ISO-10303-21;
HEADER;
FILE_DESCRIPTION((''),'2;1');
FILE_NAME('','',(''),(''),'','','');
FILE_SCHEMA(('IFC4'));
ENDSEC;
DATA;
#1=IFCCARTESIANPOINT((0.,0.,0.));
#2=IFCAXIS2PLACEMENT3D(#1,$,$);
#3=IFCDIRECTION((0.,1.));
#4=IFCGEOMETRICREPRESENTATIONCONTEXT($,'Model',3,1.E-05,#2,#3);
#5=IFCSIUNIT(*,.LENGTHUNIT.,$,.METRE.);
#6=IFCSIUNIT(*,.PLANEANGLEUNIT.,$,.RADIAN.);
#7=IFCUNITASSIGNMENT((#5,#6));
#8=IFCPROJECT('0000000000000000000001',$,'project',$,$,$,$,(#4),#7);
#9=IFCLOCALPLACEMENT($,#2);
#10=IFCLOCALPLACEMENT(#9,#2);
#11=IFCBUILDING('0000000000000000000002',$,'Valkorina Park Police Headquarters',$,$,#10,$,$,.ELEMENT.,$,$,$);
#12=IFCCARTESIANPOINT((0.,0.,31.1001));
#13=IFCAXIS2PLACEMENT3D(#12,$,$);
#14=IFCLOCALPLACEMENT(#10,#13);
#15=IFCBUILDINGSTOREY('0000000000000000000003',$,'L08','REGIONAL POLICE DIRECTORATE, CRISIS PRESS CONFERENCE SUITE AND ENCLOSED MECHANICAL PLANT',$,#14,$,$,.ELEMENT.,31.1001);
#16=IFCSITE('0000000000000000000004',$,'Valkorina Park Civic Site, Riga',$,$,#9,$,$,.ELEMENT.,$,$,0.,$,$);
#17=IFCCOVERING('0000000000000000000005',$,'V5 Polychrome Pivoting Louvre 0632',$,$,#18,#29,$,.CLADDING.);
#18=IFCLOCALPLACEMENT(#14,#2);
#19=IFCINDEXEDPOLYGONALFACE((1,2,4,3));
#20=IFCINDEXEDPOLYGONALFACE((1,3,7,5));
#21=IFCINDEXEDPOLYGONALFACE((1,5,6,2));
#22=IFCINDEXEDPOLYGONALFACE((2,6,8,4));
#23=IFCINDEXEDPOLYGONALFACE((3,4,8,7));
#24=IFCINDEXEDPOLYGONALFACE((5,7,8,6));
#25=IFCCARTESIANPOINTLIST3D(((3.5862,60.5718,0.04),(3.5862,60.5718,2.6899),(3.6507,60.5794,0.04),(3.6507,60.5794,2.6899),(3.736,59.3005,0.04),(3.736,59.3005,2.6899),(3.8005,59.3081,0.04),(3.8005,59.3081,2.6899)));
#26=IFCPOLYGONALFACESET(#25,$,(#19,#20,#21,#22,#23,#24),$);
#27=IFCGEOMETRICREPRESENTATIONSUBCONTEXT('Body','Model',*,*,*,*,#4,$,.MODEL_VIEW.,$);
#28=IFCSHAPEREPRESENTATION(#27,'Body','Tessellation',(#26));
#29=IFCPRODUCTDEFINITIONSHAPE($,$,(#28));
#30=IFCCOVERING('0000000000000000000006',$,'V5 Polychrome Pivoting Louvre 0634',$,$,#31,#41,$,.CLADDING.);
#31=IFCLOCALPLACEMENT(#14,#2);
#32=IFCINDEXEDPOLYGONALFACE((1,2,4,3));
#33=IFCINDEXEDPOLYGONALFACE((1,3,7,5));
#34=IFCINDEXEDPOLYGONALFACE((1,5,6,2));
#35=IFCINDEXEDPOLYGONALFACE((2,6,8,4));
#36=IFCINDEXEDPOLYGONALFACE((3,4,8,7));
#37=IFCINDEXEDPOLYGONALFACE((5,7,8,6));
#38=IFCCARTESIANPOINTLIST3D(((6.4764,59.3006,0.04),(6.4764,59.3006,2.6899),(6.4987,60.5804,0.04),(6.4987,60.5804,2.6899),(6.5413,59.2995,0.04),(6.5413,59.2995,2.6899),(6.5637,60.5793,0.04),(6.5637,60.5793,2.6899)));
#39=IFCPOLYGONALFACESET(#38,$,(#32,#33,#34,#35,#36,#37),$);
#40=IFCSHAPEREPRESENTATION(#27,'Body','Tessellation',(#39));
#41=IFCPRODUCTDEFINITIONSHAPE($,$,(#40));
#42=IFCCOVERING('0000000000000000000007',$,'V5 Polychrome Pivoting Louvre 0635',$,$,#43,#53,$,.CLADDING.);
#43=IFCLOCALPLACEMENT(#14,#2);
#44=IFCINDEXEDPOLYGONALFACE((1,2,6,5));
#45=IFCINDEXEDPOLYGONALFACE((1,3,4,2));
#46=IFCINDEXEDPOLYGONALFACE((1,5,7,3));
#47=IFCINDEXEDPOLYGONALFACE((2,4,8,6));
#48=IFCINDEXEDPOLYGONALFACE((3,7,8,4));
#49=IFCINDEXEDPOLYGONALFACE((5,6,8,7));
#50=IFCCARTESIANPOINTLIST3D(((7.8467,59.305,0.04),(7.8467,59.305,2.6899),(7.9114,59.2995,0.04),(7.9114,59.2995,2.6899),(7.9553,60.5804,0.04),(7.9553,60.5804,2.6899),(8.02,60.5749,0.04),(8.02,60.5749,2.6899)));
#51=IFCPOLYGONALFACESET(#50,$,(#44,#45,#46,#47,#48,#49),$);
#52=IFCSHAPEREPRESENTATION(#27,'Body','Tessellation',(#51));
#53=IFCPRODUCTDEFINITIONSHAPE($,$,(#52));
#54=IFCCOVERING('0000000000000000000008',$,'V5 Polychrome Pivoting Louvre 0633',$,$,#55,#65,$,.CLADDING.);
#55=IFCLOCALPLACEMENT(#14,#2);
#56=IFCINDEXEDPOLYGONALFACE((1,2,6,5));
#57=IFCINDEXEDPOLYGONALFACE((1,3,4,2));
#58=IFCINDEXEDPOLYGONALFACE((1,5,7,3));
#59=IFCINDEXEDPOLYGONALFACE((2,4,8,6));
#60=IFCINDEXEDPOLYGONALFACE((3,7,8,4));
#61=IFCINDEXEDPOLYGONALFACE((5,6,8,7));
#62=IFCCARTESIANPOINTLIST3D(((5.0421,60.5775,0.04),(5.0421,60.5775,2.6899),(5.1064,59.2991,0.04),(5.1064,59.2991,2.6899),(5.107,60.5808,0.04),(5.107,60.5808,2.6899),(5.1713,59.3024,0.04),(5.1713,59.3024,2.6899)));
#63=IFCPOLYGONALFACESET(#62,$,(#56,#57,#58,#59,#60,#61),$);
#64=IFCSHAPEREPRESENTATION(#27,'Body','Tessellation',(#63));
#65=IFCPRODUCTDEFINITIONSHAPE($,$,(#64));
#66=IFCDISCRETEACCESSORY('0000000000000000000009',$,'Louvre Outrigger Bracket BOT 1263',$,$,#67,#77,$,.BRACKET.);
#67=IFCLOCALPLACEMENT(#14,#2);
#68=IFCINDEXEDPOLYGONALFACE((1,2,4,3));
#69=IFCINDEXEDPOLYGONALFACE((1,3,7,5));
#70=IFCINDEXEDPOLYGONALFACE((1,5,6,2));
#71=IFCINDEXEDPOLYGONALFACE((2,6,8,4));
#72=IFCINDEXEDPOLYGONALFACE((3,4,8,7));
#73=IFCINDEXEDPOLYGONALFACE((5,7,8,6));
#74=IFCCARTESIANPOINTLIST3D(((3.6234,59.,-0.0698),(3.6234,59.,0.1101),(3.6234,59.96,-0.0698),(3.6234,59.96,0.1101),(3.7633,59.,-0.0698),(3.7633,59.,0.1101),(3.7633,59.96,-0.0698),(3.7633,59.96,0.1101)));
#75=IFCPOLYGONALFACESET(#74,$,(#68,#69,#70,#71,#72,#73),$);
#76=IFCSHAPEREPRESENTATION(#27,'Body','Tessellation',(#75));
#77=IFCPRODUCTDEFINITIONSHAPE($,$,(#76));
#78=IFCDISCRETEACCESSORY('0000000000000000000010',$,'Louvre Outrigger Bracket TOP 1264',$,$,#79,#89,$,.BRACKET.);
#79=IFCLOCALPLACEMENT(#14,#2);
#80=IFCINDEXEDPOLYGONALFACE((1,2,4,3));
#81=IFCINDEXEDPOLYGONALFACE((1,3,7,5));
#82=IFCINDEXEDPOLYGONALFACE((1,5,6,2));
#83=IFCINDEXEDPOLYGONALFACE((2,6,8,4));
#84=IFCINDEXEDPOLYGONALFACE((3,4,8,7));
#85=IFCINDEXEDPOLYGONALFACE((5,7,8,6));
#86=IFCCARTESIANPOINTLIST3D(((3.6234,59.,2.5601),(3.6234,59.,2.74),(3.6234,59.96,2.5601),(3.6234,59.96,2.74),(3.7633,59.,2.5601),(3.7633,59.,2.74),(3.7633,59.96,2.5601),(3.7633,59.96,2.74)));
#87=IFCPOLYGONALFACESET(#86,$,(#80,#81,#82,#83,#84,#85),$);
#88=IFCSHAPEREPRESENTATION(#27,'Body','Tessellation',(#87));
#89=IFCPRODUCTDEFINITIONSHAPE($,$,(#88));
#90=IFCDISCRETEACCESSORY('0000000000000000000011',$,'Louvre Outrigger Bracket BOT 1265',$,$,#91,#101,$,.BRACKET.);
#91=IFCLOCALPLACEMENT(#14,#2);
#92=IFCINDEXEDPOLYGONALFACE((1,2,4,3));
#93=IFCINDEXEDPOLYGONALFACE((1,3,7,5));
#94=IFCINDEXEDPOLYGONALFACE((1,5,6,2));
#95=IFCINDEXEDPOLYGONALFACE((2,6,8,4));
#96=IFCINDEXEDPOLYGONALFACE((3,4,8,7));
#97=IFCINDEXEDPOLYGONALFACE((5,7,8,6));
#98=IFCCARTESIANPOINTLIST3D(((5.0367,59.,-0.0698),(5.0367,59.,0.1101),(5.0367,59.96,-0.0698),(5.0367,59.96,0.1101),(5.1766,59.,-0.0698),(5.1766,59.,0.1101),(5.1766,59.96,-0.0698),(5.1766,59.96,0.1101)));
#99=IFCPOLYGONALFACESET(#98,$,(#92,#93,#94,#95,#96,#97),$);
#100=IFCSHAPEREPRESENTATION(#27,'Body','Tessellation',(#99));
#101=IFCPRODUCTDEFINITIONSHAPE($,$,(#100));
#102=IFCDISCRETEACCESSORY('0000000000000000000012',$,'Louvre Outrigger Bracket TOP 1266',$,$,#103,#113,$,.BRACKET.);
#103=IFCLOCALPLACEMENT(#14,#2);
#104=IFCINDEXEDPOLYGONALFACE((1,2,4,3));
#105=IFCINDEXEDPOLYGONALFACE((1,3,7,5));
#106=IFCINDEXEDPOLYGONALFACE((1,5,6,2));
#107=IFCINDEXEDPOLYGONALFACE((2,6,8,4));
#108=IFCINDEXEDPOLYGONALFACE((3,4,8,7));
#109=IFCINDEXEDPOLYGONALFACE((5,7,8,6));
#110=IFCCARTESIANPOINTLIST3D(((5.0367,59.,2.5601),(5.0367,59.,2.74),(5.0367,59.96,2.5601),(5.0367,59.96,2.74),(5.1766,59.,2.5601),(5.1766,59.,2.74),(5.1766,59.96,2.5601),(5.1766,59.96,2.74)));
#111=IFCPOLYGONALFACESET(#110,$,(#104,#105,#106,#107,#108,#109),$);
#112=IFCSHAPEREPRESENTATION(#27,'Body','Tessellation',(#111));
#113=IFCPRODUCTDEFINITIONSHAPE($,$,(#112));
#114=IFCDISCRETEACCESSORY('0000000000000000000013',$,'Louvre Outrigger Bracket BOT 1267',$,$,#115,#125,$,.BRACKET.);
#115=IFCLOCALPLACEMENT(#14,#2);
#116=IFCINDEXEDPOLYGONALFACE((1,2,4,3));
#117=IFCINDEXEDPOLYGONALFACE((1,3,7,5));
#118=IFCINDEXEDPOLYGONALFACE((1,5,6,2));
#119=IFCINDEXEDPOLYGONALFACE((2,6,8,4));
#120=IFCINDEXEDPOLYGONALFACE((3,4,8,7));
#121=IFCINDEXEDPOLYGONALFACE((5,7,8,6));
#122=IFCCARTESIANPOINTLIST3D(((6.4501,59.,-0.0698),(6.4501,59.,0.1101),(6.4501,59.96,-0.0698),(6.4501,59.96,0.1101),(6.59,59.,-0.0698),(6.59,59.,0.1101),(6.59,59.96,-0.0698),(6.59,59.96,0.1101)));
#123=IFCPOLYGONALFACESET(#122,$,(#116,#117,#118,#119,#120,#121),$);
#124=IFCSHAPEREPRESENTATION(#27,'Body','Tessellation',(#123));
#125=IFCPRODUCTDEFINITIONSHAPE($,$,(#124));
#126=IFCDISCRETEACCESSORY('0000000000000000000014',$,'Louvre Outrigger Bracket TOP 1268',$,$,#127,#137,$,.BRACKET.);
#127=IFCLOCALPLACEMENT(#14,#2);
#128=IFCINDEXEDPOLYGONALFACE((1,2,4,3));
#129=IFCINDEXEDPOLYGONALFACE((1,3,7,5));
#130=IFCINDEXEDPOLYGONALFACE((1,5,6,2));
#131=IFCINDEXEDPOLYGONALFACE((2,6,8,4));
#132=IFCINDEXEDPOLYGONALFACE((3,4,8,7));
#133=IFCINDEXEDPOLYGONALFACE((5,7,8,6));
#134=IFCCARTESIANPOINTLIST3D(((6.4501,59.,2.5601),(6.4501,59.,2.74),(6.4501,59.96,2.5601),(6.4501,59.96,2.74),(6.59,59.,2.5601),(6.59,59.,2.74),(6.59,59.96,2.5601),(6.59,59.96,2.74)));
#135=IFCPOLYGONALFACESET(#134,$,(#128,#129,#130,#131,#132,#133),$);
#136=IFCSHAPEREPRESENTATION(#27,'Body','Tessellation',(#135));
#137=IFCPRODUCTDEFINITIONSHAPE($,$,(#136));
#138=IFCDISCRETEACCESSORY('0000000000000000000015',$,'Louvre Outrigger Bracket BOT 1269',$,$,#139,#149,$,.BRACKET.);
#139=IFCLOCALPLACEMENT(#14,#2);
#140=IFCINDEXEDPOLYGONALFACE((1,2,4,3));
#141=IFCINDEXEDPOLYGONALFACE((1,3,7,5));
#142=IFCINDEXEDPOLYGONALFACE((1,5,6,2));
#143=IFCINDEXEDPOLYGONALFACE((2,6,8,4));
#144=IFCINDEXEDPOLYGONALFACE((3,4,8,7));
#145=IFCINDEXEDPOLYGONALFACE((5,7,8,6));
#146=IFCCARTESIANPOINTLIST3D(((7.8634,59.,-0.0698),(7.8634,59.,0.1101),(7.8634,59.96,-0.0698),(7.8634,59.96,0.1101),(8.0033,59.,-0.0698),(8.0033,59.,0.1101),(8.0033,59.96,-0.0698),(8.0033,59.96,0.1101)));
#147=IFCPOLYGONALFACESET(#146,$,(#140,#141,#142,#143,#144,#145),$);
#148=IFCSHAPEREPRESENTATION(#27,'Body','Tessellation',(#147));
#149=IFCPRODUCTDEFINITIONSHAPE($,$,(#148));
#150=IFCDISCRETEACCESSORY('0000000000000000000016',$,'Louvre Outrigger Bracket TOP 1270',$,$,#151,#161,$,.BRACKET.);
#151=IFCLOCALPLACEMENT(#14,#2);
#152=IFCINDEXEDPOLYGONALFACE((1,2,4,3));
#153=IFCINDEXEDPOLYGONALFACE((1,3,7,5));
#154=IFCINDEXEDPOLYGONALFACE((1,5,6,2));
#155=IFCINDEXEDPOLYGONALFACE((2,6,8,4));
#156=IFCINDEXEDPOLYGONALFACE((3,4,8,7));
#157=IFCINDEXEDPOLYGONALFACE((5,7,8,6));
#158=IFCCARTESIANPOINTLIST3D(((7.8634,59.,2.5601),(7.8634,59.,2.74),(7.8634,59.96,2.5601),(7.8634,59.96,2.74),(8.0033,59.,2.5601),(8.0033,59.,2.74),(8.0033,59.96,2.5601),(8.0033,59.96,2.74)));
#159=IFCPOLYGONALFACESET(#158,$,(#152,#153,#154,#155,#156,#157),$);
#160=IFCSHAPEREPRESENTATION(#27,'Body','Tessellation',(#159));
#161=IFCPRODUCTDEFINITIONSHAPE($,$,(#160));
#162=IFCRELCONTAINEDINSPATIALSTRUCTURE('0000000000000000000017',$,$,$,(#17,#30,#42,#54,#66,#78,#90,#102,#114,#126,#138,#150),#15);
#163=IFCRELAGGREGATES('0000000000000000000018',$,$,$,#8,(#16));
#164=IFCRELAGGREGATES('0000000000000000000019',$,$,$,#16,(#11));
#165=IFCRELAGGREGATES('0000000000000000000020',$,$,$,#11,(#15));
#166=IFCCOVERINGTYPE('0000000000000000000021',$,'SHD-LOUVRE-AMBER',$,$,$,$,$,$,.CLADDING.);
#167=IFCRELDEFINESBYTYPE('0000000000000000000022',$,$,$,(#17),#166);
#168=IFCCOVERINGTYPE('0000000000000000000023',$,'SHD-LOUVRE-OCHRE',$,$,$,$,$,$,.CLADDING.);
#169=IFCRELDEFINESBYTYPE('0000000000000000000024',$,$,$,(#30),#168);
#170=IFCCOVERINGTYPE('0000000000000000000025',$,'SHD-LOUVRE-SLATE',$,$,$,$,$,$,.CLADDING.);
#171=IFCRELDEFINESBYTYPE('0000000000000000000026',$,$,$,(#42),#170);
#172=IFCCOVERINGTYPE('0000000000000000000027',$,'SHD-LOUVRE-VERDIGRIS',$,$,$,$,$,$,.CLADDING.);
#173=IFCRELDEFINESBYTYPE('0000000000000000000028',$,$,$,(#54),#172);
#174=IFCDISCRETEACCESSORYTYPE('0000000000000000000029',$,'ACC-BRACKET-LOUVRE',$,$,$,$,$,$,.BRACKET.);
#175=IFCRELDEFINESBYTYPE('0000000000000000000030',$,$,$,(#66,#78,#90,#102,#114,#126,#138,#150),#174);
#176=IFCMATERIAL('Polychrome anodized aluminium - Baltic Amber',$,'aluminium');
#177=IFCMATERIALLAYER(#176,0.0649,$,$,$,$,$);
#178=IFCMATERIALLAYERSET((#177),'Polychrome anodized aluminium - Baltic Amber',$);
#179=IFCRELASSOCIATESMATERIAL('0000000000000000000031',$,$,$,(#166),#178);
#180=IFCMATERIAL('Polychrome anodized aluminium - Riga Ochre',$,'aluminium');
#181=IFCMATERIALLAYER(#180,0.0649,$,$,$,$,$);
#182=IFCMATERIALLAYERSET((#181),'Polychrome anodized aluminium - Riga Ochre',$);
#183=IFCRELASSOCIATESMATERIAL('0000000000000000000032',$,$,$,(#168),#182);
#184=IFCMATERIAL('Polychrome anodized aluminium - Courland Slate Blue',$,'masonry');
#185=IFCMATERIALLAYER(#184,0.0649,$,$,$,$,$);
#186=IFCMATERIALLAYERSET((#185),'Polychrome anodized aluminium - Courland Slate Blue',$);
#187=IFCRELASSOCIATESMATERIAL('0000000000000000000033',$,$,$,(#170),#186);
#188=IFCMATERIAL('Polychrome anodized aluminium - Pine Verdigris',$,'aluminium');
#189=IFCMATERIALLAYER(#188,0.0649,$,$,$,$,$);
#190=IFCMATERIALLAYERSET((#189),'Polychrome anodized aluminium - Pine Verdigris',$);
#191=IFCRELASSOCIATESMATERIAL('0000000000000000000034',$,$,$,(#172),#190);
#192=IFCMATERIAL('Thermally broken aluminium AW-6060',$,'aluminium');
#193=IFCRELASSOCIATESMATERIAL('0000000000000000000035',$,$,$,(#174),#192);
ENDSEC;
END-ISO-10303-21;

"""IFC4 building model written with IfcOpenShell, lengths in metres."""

from ifc_helpers import new_model, si_unit, direction, frame, origin, origin_2d, place, context, subcontext, project, spatial, rectangle, extrude, material, layer, layer_set, type_object, element, save


model = new_model("IFC4")

# Units and contexts
model_context = context("Model", 3, precision=1e-05, world=origin(), true_north=direction((0.0, 1.0)))
body_context = subcontext(model_context, "Body", "Model", "MODEL_VIEW")
ifc_project = project(units=[si_unit("LENGTHUNIT", "METRE"), si_unit("PLANEANGLEUNIT", "RADIAN")], contexts=[model_context])

# Site, building, storey
site_placement = place(None, origin())
site = spatial("IfcSite", under=ifc_project, at=site_placement, Name="Valkorina Park Civic Site, Riga", CompositionType="ELEMENT", RefElevation=0.0)
building_placement = place(site_placement, origin())
building = spatial("IfcBuilding", under=site, at=building_placement, Name="Valkorina Park Police Headquarters", CompositionType="ELEMENT")
storey_placement = place(building_placement, frame((0.0, 0.0, 31.1001)))
storey = spatial("IfcBuildingStorey", under=building, at=storey_placement, Name="L08", Description="REGIONAL POLICE DIRECTORATE, CRISIS PRESS CONFERENCE SUITE AND ENCLOSED MECHANICAL PLANT", CompositionType="ELEMENT", Elevation=31.1001)

# Shared definitions
ifc_material_1 = material(Name="Thermally broken aluminium AW-6060", Category="aluminium")

# Coverings
ifc_material_2 = material(Name="Polychrome anodized aluminium - Baltic Amber", Category="aluminium")
ifc_layer_1 = layer(ifc_material_2, 0.0649)
ifc_layer_set_1 = layer_set([ifc_layer_1], Name="Polychrome anodized aluminium - Baltic Amber")
covering_type_1 = type_object("IfcCoveringType", Name="SHD-LOUVRE-AMBER", PredefinedType="CLADDING", material=ifc_layer_set_1)
covering_1_placement = place(storey_placement, frame((3.6934, 59.9399, 0.04), z_axis=(0.0, 0.0, 1.0), x_axis=(-0.117017, 0.99313, 0.0)))
element("IfcCovering", 1, at=covering_1_placement, inside=storey, type_object=covering_type_1, Name="V5 Polychrome Pivoting Louvre 0632", PredefinedType="CLADDING", context=body_context, shape_type="SweptSolid", body=[
    extrude(rectangle(XDim=1.28, YDim=0.0649, at=origin_2d()), origin(), (0.0, 0.0, 1.0), 2.6499),
])
ifc_material_3 = material(Name="Polychrome anodized aluminium - Riga Ochre", Category="aluminium")
ifc_layer_2 = layer(ifc_material_3, 0.0649)
ifc_layer_set_2 = layer_set([ifc_layer_2], Name="Polychrome anodized aluminium - Riga Ochre")
covering_type_2 = type_object("IfcCoveringType", Name="SHD-LOUVRE-OCHRE", PredefinedType="CLADDING", material=ifc_layer_set_2)
covering_2_placement = place(storey_placement, frame((6.52, 59.9399, 0.04), z_axis=(0.0, 0.0, 1.0), x_axis=(0.017452, 0.999848, 0.0)))
element("IfcCovering", 2, at=covering_2_placement, inside=storey, type_object=covering_type_2, Name="V5 Polychrome Pivoting Louvre 0634", PredefinedType="CLADDING", context=body_context, shape_type="SweptSolid", body=[
    extrude(rectangle(XDim=1.28, YDim=0.0649, at=origin_2d()), origin(), (0.0, 0.0, 1.0), 2.6499),
])
ifc_material_4 = material(Name="Polychrome anodized aluminium - Courland Slate Blue", Category="masonry")
ifc_layer_3 = layer(ifc_material_4, 0.0649)
ifc_layer_set_3 = layer_set([ifc_layer_3], Name="Polychrome anodized aluminium - Courland Slate Blue")
covering_type_3 = type_object("IfcCoveringType", Name="SHD-LOUVRE-SLATE", PredefinedType="CLADDING", material=ifc_layer_set_3)
covering_3_placement = place(storey_placement, frame((7.9333, 59.9399, 0.04), z_axis=(0.0, 0.0, 1.0), x_axis=(0.084895, 0.99639, 0.0)))
element("IfcCovering", 3, at=covering_3_placement, inside=storey, type_object=covering_type_3, Name="V5 Polychrome Pivoting Louvre 0635", PredefinedType="CLADDING", context=body_context, shape_type="SweptSolid", body=[
    extrude(rectangle(XDim=1.28, YDim=0.0649, at=origin_2d()), origin(), (0.0, 0.0, 1.0), 2.6499),
])
ifc_material_5 = material(Name="Polychrome anodized aluminium - Pine Verdigris", Category="aluminium")
ifc_layer_4 = layer(ifc_material_5, 0.0649)
ifc_layer_set_4 = layer_set([ifc_layer_4], Name="Polychrome anodized aluminium - Pine Verdigris")
covering_type_4 = type_object("IfcCoveringType", Name="SHD-LOUVRE-VERDIGRIS", PredefinedType="CLADDING", material=ifc_layer_set_4)
covering_4_placement = place(storey_placement, frame((5.1067, 59.9399, 0.04), z_axis=(0.0, 0.0, 1.0), x_axis=(-0.050244, 0.998737, 0.0)))
element("IfcCovering", 4, at=covering_4_placement, inside=storey, type_object=covering_type_4, Name="V5 Polychrome Pivoting Louvre 0633", PredefinedType="CLADDING", context=body_context, shape_type="SweptSolid", body=[
    extrude(rectangle(XDim=1.28, YDim=0.0649, at=origin_2d()), origin(), (0.0, 0.0, 1.0), 2.6499),
])

# Discrete accessories
discrete_accessory_type = type_object("IfcDiscreteAccessoryType", Name="ACC-BRACKET-LOUVRE", PredefinedType="BRACKET", material=ifc_material_1)
for number, where, z_axis, x_axis, name in (
    (5, (3.6934, 59.48, -0.0698), (0.0, 0.0, 1.0), (0.0, 1.0, 0.0), "Louvre Outrigger Bracket BOT 1263"),
    (6, (3.6934, 59.48, 2.5601), (0.0, 0.0, 1.0), (0.0, 1.0, 0.0), "Louvre Outrigger Bracket TOP 1264"),
    (7, (5.1067, 59.48, -0.0698), (0.0, 0.0, 1.0), (0.0, 1.0, 0.0), "Louvre Outrigger Bracket BOT 1265"),
    (8, (5.1067, 59.48, 2.5601), (0.0, 0.0, 1.0), (0.0, 1.0, 0.0), "Louvre Outrigger Bracket TOP 1266"),
    (9, (6.52, 59.48, -0.0698), (0.0, 0.0, 1.0), (0.0, 1.0, 0.0), "Louvre Outrigger Bracket BOT 1267"),
    (10, (6.52, 59.48, 2.5601), (0.0, 0.0, 1.0), (0.0, 1.0, 0.0), "Louvre Outrigger Bracket TOP 1268"),
    (11, (7.9333, 59.48, -0.0698), (0.0, 0.0, 1.0), (0.0, 1.0, 0.0), "Louvre Outrigger Bracket BOT 1269"),
    (12, (7.9333, 59.48, 2.5601), (0.0, 0.0, 1.0), (0.0, 1.0, 0.0), "Louvre Outrigger Bracket TOP 1270"),
):
    element("IfcDiscreteAccessory", number, at=place(storey_placement, frame(where, z_axis=z_axis, x_axis=x_axis)), inside=storey, type_object=discrete_accessory_type, Name=name, PredefinedType="BRACKET", context=body_context, shape_type="SweptSolid", body=[
        extrude(rectangle(XDim=0.96, YDim=0.1399, at=origin_2d()), origin(), (0.0, 0.0, 1.0), 0.1799),
    ])

save(model, "model.ifc")
